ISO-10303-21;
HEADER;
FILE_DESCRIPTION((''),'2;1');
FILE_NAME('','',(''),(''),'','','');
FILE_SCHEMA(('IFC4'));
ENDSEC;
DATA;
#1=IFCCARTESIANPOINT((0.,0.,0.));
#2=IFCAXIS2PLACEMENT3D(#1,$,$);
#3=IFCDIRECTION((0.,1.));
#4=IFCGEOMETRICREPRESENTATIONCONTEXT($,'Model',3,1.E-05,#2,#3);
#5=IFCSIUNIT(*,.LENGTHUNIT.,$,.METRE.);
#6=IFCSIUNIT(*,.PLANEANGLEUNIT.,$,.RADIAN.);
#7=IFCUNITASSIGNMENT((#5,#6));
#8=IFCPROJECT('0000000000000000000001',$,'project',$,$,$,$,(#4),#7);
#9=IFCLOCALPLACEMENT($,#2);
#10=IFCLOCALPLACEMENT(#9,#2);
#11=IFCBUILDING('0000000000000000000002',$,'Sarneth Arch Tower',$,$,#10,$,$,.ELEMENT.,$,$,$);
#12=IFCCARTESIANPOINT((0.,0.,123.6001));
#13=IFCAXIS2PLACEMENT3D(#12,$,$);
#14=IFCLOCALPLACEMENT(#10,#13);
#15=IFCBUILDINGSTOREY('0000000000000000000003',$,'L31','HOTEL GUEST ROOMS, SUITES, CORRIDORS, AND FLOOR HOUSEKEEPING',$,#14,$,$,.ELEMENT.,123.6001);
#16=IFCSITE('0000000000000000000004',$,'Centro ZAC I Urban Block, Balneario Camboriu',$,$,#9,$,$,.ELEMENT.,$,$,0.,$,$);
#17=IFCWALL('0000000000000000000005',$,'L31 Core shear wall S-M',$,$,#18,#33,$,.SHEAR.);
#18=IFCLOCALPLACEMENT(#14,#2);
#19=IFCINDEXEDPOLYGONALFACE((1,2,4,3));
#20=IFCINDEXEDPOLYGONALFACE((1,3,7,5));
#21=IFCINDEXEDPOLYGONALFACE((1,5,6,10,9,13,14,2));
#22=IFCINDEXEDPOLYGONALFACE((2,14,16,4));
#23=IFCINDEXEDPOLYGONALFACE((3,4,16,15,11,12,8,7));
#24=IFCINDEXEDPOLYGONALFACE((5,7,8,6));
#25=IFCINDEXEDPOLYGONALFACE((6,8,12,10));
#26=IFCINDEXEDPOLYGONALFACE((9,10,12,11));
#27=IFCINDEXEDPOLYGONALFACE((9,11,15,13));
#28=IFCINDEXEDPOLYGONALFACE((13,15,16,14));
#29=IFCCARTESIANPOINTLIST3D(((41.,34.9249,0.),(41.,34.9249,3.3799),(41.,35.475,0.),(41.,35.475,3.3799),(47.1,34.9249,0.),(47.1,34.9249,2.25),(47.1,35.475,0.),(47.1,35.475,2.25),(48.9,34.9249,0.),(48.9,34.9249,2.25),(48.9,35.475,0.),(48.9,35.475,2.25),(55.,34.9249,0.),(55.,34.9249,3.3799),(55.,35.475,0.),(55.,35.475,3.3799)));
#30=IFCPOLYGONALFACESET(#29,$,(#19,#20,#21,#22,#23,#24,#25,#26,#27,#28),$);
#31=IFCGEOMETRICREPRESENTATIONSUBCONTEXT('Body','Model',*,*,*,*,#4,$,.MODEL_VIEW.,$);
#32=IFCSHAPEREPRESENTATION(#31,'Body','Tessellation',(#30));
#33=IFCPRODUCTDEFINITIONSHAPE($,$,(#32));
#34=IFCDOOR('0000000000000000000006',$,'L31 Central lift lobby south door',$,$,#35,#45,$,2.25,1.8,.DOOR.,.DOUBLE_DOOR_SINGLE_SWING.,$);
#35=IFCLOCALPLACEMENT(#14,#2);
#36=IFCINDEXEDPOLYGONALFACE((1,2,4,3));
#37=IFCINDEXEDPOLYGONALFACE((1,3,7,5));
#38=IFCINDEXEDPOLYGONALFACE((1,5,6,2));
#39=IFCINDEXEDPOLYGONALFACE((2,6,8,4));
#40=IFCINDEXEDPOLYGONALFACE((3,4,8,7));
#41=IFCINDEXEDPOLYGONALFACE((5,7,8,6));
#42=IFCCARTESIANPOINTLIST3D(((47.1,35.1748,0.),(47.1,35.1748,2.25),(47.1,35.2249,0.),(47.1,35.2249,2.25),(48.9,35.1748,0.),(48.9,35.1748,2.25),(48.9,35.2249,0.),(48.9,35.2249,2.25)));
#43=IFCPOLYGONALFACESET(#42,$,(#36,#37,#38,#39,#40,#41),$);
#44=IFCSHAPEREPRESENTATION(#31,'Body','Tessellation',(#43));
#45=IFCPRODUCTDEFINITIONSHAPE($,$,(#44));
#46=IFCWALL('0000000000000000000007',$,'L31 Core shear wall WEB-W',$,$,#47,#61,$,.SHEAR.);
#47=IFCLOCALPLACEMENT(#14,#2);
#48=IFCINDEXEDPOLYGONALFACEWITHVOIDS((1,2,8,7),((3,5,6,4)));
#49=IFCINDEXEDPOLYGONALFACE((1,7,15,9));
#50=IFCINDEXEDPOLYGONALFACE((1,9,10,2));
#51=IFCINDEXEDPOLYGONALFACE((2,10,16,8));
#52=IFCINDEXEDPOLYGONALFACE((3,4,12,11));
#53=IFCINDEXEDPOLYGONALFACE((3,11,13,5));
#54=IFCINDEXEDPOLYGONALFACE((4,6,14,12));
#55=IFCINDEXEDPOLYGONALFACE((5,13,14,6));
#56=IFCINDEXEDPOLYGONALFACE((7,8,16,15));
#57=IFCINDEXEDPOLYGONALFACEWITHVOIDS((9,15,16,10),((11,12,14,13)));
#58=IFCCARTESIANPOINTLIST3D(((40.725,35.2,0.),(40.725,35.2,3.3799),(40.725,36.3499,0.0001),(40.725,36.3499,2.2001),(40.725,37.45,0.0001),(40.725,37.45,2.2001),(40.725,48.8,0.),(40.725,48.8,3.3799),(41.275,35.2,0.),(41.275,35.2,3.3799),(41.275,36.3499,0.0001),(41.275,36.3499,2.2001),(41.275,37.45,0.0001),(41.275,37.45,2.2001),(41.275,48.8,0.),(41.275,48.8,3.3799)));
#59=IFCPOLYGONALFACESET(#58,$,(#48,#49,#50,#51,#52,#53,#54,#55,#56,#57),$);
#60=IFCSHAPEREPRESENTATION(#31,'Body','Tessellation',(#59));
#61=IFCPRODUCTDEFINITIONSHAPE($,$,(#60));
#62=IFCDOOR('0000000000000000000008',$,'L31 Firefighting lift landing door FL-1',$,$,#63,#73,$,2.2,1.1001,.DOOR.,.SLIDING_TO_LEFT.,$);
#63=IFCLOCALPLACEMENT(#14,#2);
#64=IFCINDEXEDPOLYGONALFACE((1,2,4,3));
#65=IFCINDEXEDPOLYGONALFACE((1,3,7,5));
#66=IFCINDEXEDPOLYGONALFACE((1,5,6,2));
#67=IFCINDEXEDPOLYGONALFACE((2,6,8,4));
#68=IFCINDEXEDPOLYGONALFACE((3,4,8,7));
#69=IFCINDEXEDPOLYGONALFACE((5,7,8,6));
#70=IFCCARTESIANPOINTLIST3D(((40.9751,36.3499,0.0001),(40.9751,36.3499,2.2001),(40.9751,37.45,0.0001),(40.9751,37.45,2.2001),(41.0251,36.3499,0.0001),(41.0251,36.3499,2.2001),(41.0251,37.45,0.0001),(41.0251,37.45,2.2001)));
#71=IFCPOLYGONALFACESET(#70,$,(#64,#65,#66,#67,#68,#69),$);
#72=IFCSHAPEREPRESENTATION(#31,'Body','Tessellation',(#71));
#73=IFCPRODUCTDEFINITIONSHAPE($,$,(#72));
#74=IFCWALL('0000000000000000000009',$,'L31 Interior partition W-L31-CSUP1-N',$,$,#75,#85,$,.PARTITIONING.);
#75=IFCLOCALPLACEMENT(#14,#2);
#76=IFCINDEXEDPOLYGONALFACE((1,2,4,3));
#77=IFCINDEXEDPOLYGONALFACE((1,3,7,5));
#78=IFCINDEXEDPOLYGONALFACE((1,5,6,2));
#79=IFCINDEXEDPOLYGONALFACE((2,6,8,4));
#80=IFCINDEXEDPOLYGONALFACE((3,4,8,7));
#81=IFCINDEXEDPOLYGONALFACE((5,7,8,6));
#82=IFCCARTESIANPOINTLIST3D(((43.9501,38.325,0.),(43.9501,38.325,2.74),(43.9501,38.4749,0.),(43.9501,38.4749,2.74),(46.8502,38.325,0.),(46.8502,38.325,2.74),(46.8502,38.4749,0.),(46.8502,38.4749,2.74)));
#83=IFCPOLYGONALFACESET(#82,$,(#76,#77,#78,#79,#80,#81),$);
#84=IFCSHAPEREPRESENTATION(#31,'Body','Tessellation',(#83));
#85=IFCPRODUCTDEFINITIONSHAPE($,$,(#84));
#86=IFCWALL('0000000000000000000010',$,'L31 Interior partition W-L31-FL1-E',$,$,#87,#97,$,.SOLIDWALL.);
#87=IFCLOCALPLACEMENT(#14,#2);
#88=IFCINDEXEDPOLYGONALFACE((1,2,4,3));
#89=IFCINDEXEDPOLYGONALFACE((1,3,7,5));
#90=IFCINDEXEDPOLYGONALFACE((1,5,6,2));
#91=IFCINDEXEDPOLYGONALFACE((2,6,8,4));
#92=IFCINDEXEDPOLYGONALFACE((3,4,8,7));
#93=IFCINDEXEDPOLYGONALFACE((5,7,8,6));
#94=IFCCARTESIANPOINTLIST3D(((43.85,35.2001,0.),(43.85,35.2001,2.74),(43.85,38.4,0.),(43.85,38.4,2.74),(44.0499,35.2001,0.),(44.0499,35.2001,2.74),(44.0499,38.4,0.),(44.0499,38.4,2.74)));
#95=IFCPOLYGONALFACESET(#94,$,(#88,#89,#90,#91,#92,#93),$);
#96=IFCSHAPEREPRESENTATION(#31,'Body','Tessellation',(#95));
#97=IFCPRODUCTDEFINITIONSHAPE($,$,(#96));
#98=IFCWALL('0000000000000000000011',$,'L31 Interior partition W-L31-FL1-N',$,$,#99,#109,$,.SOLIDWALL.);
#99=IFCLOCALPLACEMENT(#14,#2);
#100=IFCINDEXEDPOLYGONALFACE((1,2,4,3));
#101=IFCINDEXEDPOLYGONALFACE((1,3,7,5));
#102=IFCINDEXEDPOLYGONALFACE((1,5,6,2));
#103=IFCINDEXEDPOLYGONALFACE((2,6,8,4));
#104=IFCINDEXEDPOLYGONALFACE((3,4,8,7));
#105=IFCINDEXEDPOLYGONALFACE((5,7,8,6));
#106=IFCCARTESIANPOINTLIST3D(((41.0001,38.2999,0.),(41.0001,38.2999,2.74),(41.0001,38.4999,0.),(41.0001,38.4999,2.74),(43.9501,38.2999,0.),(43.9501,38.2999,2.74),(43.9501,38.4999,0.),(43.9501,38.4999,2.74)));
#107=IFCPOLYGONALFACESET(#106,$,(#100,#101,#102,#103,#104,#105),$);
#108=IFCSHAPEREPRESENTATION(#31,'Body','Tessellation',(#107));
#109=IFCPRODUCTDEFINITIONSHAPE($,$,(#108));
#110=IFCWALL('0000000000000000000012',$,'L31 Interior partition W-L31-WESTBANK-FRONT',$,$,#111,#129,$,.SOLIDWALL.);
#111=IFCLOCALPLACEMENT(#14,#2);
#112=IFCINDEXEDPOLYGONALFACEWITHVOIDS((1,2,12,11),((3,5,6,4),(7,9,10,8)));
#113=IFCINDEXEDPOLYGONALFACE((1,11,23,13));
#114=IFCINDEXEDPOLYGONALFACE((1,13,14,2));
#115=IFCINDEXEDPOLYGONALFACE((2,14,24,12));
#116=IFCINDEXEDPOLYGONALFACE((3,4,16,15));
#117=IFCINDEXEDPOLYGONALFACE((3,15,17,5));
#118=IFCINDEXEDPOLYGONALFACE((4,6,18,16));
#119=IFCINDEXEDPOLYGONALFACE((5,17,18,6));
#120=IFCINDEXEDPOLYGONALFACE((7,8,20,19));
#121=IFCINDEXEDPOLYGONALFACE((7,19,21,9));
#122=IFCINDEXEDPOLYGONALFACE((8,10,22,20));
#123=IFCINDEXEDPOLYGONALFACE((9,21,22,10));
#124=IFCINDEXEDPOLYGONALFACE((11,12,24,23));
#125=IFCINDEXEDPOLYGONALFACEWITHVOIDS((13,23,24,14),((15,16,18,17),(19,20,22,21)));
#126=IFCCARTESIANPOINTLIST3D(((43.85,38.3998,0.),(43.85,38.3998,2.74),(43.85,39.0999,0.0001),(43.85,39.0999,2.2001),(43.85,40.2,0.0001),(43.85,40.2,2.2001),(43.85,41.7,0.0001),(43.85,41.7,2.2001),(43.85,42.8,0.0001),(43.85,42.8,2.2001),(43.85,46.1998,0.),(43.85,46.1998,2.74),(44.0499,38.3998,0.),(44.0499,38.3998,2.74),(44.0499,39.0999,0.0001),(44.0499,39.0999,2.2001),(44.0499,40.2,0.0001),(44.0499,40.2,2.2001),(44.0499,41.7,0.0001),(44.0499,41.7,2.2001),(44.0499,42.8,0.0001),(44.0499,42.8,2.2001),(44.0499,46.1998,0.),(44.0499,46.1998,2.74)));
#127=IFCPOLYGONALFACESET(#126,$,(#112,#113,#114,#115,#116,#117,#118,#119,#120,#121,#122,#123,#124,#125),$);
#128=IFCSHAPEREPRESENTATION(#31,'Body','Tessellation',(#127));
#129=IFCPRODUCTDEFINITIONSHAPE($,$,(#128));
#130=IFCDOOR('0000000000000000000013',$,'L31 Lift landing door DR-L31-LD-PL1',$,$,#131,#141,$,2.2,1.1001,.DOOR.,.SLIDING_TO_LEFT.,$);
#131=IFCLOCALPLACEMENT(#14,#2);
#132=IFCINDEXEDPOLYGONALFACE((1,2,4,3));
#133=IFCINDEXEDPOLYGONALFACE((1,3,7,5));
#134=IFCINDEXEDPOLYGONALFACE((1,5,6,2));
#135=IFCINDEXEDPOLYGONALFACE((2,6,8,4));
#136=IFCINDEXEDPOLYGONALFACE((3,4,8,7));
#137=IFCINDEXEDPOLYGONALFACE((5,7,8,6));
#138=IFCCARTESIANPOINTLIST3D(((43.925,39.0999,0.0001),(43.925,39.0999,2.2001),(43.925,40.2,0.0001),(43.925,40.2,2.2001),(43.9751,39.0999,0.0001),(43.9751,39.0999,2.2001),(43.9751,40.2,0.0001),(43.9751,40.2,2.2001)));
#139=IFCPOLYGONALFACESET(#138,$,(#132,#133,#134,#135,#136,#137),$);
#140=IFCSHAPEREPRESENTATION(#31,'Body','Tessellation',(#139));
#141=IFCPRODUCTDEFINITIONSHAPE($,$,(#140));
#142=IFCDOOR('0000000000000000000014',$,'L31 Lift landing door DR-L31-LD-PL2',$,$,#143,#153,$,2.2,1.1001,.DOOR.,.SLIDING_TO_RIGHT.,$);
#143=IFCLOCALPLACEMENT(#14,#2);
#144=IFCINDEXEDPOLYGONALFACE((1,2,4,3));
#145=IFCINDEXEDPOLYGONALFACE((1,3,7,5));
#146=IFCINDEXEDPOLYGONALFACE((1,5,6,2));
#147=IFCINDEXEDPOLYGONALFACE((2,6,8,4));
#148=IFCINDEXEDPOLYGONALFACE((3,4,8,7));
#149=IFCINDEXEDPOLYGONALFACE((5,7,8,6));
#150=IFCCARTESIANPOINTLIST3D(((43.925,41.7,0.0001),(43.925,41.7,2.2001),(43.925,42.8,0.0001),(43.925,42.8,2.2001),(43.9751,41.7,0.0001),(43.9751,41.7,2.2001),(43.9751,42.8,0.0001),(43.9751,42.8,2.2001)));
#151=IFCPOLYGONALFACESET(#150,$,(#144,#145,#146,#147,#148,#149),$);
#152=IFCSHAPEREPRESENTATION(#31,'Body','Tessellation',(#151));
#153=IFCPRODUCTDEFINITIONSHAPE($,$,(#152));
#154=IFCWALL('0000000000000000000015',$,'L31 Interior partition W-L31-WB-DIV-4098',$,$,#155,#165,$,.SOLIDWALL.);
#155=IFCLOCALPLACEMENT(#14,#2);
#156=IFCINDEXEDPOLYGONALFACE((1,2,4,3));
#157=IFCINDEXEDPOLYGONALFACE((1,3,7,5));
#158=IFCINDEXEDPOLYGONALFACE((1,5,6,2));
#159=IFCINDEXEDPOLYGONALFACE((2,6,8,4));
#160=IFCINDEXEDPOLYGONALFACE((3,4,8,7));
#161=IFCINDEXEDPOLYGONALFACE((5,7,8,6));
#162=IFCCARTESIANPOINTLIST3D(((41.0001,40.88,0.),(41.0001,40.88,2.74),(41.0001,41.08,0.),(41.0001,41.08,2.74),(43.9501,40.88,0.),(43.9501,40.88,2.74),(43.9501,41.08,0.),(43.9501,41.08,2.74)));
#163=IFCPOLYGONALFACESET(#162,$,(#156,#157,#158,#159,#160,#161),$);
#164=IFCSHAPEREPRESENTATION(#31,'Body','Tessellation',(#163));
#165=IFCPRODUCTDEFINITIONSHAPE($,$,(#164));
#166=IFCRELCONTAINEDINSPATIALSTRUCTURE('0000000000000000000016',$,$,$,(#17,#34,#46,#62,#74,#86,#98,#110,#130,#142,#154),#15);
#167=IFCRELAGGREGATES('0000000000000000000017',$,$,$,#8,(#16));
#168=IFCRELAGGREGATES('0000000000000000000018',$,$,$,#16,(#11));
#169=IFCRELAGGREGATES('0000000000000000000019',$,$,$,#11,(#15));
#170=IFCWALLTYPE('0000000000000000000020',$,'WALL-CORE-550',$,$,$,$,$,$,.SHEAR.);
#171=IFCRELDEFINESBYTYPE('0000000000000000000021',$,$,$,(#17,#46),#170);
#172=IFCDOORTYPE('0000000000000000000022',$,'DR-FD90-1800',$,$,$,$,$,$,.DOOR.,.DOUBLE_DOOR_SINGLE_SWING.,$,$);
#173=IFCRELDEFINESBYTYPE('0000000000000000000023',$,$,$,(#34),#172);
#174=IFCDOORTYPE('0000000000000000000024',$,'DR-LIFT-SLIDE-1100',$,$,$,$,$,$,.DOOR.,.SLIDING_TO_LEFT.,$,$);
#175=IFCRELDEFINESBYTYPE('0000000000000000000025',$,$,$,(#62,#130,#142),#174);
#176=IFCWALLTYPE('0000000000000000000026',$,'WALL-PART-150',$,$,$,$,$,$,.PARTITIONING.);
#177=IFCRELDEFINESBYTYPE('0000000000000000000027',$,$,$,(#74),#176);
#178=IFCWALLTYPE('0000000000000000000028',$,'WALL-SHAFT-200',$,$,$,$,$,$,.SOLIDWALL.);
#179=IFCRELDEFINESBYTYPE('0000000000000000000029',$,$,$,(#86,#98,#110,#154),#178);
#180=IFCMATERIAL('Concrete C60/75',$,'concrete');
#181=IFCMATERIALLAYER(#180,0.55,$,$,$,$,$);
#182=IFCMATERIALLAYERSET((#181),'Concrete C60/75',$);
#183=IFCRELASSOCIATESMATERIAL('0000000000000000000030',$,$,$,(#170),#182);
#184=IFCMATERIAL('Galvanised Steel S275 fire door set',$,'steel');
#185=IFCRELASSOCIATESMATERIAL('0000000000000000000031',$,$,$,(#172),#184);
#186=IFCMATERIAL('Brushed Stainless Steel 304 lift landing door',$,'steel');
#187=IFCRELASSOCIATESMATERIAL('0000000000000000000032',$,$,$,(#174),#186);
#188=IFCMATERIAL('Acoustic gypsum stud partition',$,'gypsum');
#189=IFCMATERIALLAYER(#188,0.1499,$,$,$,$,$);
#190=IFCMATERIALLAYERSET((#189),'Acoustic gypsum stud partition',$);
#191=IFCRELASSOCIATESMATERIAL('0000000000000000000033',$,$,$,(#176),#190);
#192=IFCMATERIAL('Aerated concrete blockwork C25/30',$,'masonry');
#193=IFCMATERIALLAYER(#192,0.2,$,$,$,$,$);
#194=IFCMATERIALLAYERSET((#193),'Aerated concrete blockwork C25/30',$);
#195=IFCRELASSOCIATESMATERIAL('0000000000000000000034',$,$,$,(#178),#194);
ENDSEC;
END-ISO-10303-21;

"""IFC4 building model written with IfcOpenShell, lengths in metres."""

from ifc_helpers import new_model, si_unit, direction, frame, frame_2d, origin, place, context, subcontext, project, spatial, rectangle, extrude, material, layer, layer_set, type_object, element, fill, save


model = new_model("IFC4")

# Units and contexts
model_context = context("Model", 3, precision=1e-05, world=origin(), true_north=direction((0.0, 1.0)))
body_context = subcontext(model_context, "Body", "Model", "MODEL_VIEW")
ifc_project = project(units=[si_unit("LENGTHUNIT", "METRE"), si_unit("PLANEANGLEUNIT", "RADIAN")], contexts=[model_context])

# Site, building, storey
site_placement = place(None, origin())
site = spatial("IfcSite", under=ifc_project, at=site_placement, Name="Centro ZAC I Urban Block, Balneario Camboriu", CompositionType="ELEMENT", RefElevation=0.0)
building_placement = place(site_placement, origin())
building = spatial("IfcBuilding", under=site, at=building_placement, Name="Sarneth Arch Tower", CompositionType="ELEMENT")
storey_placement = place(building_placement, frame((0.0, 0.0, 123.6001)))
storey = spatial("IfcBuildingStorey", under=building, at=storey_placement, Name="L31", Description="HOTEL GUEST ROOMS, SUITES, CORRIDORS, AND FLOOR HOUSEKEEPING", CompositionType="ELEMENT", Elevation=123.6001)

# Shared definitions
ifc_material_1 = material(Name="Concrete C60/75", Category="concrete")
ifc_layer_1 = layer(ifc_material_1, 0.55)
ifc_layer_set_1 = layer_set([ifc_layer_1], Name="Concrete C60/75")
wall_type_1 = type_object("IfcWallType", Name="WALL-CORE-550", PredefinedType="SHEAR", material=ifc_layer_set_1)

# Walls, openings, doors
wall_1_placement = place(storey_placement, frame((41.0, 35.2, 0.0), z_axis=(0.0, 0.0, 1.0), x_axis=(1.0, 0.0, 0.0)))
wall_1 = element("IfcWall", 1, at=wall_1_placement, inside=storey, type_object=wall_type_1, Name="L31 Core shear wall S-M", PredefinedType="SHEAR", context=body_context, shape_type="SweptSolid", body=[
    extrude(rectangle(XDim=14.0, YDim=0.55, at=frame_2d((7.0, 0.0))), origin(), (0.0, 0.0, 1.0), 3.3799),
])
opening_1_placement = place(wall_1_placement, frame((6.1001, 0.0, 0.0)))
opening_1 = element("IfcOpeningElement", 2, at=opening_1_placement, cuts=wall_1, PredefinedType="OPENING", context=body_context, shape_type="SweptSolid", body=[
    extrude(rectangle(XDim=1.8, YDim=2.25, at=frame_2d((0.8999, 1.125))), frame((0.0, 0.2849, 0.0), z_axis=(0.0, -1.0, 0.0), x_axis=(1.0, 0.0, 0.0)), (0.0, 0.0, 1.0), 0.5701),
])
ifc_material_2 = material(Name="Galvanised Steel S275 fire door set", Category="steel")
door_type_1 = type_object("IfcDoorType", Name="DR-FD90-1800", OperationType="DOUBLE_DOOR_SINGLE_SWING", PredefinedType="DOOR", material=ifc_material_2)
door_1_placement = place(opening_1_placement, origin())
door_1 = element("IfcDoor", 3, at=door_1_placement, inside=storey, type_object=door_type_1, Name="L31 Central lift lobby south door", OperationType="DOUBLE_DOOR_SINGLE_SWING", OverallHeight=2.25, OverallWidth=1.8, PredefinedType="DOOR", context=body_context, shape_type="SweptSolid", body=[
    extrude(rectangle(XDim=1.8, YDim=2.25, at=frame_2d((0.8999, 1.125))), frame((0.0, 0.0249, 0.0), z_axis=(0.0, -1.0, 0.0), x_axis=(1.0, 0.0, 0.0)), (0.0, 0.0, 1.0), 0.05),
])
fill(opening_1, door_1)
wall_2_placement = place(storey_placement, frame((41.0, 35.2, 0.0), z_axis=(0.0, 0.0, 1.0), x_axis=(0.0, 1.0, 0.0)))
wall_2 = element("IfcWall", 4, at=wall_2_placement, inside=storey, type_object=wall_type_1, Name="L31 Core shear wall WEB-W", PredefinedType="SHEAR", context=body_context, shape_type="SweptSolid", body=[
    extrude(rectangle(XDim=13.6001, YDim=0.55, at=frame_2d((6.8, 0.0))), origin(), (0.0, 0.0, 1.0), 3.3799),
])
opening_2_placement = place(wall_2_placement, frame((1.1499, 0.0, 0.0)))
opening_2 = element("IfcOpeningElement", 5, at=opening_2_placement, cuts=wall_2, PredefinedType="OPENING", context=body_context, shape_type="SweptSolid", body=[
    extrude(rectangle(XDim=1.1001, YDim=2.2, at=frame_2d((0.55, 1.1001))), frame((0.0, 0.2849, 0.0), z_axis=(0.0, -1.0, 0.0), x_axis=(1.0, 0.0, 0.0)), (0.0, 0.0, 1.0), 0.5701),
])
ifc_material_3 = material(Name="Brushed Stainless Steel 304 lift landing door", Category="steel")
door_type_2 = type_object("IfcDoorType", Name="DR-LIFT-SLIDE-1100", OperationType="SLIDING_TO_LEFT", PredefinedType="DOOR", material=ifc_material_3)
door_2_placement = place(opening_2_placement, origin())
door_2 = element("IfcDoor", 6, at=door_2_placement, inside=storey, type_object=door_type_2, Name="L31 Firefighting lift landing door FL-1", OperationType="SLIDING_TO_LEFT", OverallHeight=2.2, OverallWidth=1.1001, PredefinedType="DOOR", context=body_context, shape_type="SweptSolid", body=[
    extrude(rectangle(XDim=1.1001, YDim=2.2, at=frame_2d((0.55, 1.1001))), frame((0.0, 0.0249, 0.0), z_axis=(0.0, -1.0, 0.0), x_axis=(1.0, 0.0, 0.0)), (0.0, 0.0, 1.0), 0.05),
])
fill(opening_2, door_2)

# Wall
ifc_material_4 = material(Name="Acoustic gypsum stud partition", Category="gypsum")
ifc_layer_2 = layer(ifc_material_4, 0.1499)
ifc_layer_set_2 = layer_set([ifc_layer_2], Name="Acoustic gypsum stud partition")
wall_type_2 = type_object("IfcWallType", Name="WALL-PART-150", PredefinedType="PARTITIONING", material=ifc_layer_set_2)
wall_3_placement = place(storey_placement, frame((43.95, 38.3999, 0.0), z_axis=(0.0, 0.0, 1.0), x_axis=(1.0, 0.0, 0.0)))
element("IfcWall", 7, at=wall_3_placement, inside=storey, type_object=wall_type_2, Name="L31 Interior partition W-L31-CSUP1-N", PredefinedType="PARTITIONING", context=body_context, shape_type="SweptSolid", body=[
    extrude(rectangle(XDim=2.9001, YDim=0.1499, at=frame_2d((1.4502, 0.0))), origin(), (0.0, 0.0, 1.0), 2.74),
])

# Shared definitions
ifc_material_5 = material(Name="Aerated concrete blockwork C25/30", Category="masonry")
ifc_layer_3 = layer(ifc_material_5, 0.2)
ifc_layer_set_3 = layer_set([ifc_layer_3], Name="Aerated concrete blockwork C25/30")
wall_type_3 = type_object("IfcWallType", Name="WALL-SHAFT-200", PredefinedType="SOLIDWALL", material=ifc_layer_set_3)

# Walls
wall_4_placement = place(storey_placement, frame((43.95, 35.2, 0.0), z_axis=(0.0, 0.0, 1.0), x_axis=(0.0, 1.0, 0.0)))
element("IfcWall", 8, at=wall_4_placement, inside=storey, type_object=wall_type_3, Name="L31 Interior partition W-L31-FL1-E", PredefinedType="SOLIDWALL", context=body_context, shape_type="SweptSolid", body=[
    extrude(rectangle(XDim=3.2, YDim=0.2, at=frame_2d((1.6001, 0.0))), origin(), (0.0, 0.0, 1.0), 2.74),
])
wall_5_placement = place(storey_placement, frame((41.0, 38.3999, 0.0), z_axis=(0.0, 0.0, 1.0), x_axis=(1.0, 0.0, 0.0)))
element("IfcWall", 9, at=wall_5_placement, inside=storey, type_object=wall_type_3, Name="L31 Interior partition W-L31-FL1-N", PredefinedType="SOLIDWALL", context=body_context, shape_type="SweptSolid", body=[
    extrude(rectangle(XDim=2.95, YDim=0.2, at=frame_2d((1.4751, 0.0))), origin(), (0.0, 0.0, 1.0), 2.74),
])

# Wall, openings, doors
wall_6_placement = place(storey_placement, frame((43.95, 38.3999, 0.0), z_axis=(0.0, 0.0, 1.0), x_axis=(0.0, 1.0, 0.0)))
wall_6 = element("IfcWall", 10, at=wall_6_placement, inside=storey, type_object=wall_type_3, Name="L31 Interior partition W-L31-WESTBANK-FRONT", PredefinedType="SOLIDWALL", context=body_context, shape_type="SweptSolid", body=[
    extrude(rectangle(XDim=7.8, YDim=0.2, at=frame_2d((3.8999, 0.0))), origin(), (0.0, 0.0, 1.0), 2.74),
])
opening_3_placement = place(wall_6_placement, frame((0.7, 0.0, 0.0)))
opening_3 = element("IfcOpeningElement", 11, at=opening_3_placement, cuts=wall_6, PredefinedType="OPENING", context=body_context, shape_type="SweptSolid", body=[
    extrude(rectangle(XDim=1.1001, YDim=2.2, at=frame_2d((0.55, 1.1001))), frame((0.0, 0.1099, 0.0), z_axis=(0.0, -1.0, 0.0), x_axis=(1.0, 0.0, 0.0)), (0.0, 0.0, 1.0), 0.22),
])
opening_4_placement = place(wall_6_placement, frame((3.3, 0.0, 0.0)))
opening_4 = element("IfcOpeningElement", 12, at=opening_4_placement, cuts=wall_6, PredefinedType="OPENING", context=body_context, shape_type="SweptSolid", body=[
    extrude(rectangle(XDim=1.1001, YDim=2.2, at=frame_2d((0.55, 1.1001))), frame((0.0, 0.1099, 0.0), z_axis=(0.0, -1.0, 0.0), x_axis=(1.0, 0.0, 0.0)), (0.0, 0.0, 1.0), 0.22),
])
door_3_placement = place(opening_3_placement, origin())
door_3 = element("IfcDoor", 13, at=door_3_placement, inside=storey, type_object=door_type_2, Name="L31 Lift landing door DR-L31-LD-PL1", OperationType="SLIDING_TO_LEFT", OverallHeight=2.2, OverallWidth=1.1001, PredefinedType="DOOR", context=body_context, shape_type="SweptSolid", body=[
    extrude(rectangle(XDim=1.1001, YDim=2.2, at=frame_2d((0.55, 1.1001))), frame((0.0, 0.0249, 0.0), z_axis=(0.0, -1.0, 0.0), x_axis=(1.0, 0.0, 0.0)), (0.0, 0.0, 1.0), 0.05),
])
fill(opening_3, door_3)
door_4_placement = place(opening_4_placement, origin())
door_4 = element("IfcDoor", 14, at=door_4_placement, inside=storey, type_object=door_type_2, Name="L31 Lift landing door DR-L31-LD-PL2", OperationType="SLIDING_TO_RIGHT", OverallHeight=2.2, OverallWidth=1.1001, PredefinedType="DOOR", context=body_context, shape_type="SweptSolid", body=[
    extrude(rectangle(XDim=1.1001, YDim=2.2, at=frame_2d((0.55, 1.1001))), frame((0.0, 0.0249, 0.0), z_axis=(0.0, -1.0, 0.0), x_axis=(1.0, 0.0, 0.0)), (0.0, 0.0, 1.0), 0.05),
])
fill(opening_4, door_4)

# Wall
wall_7_placement = place(storey_placement, frame((41.0, 40.98, 0.0), z_axis=(0.0, 0.0, 1.0), x_axis=(1.0, 0.0, 0.0)))
element("IfcWall", 15, at=wall_7_placement, inside=storey, type_object=wall_type_3, Name="L31 Interior partition W-L31-WB-DIV-4098", PredefinedType="SOLIDWALL", context=body_context, shape_type="SweptSolid", body=[
    extrude(rectangle(XDim=2.95, YDim=0.2, at=frame_2d((1.4751, 0.0))), origin(), (0.0, 0.0, 1.0), 2.74),
])

save(model, "model.ifc")
